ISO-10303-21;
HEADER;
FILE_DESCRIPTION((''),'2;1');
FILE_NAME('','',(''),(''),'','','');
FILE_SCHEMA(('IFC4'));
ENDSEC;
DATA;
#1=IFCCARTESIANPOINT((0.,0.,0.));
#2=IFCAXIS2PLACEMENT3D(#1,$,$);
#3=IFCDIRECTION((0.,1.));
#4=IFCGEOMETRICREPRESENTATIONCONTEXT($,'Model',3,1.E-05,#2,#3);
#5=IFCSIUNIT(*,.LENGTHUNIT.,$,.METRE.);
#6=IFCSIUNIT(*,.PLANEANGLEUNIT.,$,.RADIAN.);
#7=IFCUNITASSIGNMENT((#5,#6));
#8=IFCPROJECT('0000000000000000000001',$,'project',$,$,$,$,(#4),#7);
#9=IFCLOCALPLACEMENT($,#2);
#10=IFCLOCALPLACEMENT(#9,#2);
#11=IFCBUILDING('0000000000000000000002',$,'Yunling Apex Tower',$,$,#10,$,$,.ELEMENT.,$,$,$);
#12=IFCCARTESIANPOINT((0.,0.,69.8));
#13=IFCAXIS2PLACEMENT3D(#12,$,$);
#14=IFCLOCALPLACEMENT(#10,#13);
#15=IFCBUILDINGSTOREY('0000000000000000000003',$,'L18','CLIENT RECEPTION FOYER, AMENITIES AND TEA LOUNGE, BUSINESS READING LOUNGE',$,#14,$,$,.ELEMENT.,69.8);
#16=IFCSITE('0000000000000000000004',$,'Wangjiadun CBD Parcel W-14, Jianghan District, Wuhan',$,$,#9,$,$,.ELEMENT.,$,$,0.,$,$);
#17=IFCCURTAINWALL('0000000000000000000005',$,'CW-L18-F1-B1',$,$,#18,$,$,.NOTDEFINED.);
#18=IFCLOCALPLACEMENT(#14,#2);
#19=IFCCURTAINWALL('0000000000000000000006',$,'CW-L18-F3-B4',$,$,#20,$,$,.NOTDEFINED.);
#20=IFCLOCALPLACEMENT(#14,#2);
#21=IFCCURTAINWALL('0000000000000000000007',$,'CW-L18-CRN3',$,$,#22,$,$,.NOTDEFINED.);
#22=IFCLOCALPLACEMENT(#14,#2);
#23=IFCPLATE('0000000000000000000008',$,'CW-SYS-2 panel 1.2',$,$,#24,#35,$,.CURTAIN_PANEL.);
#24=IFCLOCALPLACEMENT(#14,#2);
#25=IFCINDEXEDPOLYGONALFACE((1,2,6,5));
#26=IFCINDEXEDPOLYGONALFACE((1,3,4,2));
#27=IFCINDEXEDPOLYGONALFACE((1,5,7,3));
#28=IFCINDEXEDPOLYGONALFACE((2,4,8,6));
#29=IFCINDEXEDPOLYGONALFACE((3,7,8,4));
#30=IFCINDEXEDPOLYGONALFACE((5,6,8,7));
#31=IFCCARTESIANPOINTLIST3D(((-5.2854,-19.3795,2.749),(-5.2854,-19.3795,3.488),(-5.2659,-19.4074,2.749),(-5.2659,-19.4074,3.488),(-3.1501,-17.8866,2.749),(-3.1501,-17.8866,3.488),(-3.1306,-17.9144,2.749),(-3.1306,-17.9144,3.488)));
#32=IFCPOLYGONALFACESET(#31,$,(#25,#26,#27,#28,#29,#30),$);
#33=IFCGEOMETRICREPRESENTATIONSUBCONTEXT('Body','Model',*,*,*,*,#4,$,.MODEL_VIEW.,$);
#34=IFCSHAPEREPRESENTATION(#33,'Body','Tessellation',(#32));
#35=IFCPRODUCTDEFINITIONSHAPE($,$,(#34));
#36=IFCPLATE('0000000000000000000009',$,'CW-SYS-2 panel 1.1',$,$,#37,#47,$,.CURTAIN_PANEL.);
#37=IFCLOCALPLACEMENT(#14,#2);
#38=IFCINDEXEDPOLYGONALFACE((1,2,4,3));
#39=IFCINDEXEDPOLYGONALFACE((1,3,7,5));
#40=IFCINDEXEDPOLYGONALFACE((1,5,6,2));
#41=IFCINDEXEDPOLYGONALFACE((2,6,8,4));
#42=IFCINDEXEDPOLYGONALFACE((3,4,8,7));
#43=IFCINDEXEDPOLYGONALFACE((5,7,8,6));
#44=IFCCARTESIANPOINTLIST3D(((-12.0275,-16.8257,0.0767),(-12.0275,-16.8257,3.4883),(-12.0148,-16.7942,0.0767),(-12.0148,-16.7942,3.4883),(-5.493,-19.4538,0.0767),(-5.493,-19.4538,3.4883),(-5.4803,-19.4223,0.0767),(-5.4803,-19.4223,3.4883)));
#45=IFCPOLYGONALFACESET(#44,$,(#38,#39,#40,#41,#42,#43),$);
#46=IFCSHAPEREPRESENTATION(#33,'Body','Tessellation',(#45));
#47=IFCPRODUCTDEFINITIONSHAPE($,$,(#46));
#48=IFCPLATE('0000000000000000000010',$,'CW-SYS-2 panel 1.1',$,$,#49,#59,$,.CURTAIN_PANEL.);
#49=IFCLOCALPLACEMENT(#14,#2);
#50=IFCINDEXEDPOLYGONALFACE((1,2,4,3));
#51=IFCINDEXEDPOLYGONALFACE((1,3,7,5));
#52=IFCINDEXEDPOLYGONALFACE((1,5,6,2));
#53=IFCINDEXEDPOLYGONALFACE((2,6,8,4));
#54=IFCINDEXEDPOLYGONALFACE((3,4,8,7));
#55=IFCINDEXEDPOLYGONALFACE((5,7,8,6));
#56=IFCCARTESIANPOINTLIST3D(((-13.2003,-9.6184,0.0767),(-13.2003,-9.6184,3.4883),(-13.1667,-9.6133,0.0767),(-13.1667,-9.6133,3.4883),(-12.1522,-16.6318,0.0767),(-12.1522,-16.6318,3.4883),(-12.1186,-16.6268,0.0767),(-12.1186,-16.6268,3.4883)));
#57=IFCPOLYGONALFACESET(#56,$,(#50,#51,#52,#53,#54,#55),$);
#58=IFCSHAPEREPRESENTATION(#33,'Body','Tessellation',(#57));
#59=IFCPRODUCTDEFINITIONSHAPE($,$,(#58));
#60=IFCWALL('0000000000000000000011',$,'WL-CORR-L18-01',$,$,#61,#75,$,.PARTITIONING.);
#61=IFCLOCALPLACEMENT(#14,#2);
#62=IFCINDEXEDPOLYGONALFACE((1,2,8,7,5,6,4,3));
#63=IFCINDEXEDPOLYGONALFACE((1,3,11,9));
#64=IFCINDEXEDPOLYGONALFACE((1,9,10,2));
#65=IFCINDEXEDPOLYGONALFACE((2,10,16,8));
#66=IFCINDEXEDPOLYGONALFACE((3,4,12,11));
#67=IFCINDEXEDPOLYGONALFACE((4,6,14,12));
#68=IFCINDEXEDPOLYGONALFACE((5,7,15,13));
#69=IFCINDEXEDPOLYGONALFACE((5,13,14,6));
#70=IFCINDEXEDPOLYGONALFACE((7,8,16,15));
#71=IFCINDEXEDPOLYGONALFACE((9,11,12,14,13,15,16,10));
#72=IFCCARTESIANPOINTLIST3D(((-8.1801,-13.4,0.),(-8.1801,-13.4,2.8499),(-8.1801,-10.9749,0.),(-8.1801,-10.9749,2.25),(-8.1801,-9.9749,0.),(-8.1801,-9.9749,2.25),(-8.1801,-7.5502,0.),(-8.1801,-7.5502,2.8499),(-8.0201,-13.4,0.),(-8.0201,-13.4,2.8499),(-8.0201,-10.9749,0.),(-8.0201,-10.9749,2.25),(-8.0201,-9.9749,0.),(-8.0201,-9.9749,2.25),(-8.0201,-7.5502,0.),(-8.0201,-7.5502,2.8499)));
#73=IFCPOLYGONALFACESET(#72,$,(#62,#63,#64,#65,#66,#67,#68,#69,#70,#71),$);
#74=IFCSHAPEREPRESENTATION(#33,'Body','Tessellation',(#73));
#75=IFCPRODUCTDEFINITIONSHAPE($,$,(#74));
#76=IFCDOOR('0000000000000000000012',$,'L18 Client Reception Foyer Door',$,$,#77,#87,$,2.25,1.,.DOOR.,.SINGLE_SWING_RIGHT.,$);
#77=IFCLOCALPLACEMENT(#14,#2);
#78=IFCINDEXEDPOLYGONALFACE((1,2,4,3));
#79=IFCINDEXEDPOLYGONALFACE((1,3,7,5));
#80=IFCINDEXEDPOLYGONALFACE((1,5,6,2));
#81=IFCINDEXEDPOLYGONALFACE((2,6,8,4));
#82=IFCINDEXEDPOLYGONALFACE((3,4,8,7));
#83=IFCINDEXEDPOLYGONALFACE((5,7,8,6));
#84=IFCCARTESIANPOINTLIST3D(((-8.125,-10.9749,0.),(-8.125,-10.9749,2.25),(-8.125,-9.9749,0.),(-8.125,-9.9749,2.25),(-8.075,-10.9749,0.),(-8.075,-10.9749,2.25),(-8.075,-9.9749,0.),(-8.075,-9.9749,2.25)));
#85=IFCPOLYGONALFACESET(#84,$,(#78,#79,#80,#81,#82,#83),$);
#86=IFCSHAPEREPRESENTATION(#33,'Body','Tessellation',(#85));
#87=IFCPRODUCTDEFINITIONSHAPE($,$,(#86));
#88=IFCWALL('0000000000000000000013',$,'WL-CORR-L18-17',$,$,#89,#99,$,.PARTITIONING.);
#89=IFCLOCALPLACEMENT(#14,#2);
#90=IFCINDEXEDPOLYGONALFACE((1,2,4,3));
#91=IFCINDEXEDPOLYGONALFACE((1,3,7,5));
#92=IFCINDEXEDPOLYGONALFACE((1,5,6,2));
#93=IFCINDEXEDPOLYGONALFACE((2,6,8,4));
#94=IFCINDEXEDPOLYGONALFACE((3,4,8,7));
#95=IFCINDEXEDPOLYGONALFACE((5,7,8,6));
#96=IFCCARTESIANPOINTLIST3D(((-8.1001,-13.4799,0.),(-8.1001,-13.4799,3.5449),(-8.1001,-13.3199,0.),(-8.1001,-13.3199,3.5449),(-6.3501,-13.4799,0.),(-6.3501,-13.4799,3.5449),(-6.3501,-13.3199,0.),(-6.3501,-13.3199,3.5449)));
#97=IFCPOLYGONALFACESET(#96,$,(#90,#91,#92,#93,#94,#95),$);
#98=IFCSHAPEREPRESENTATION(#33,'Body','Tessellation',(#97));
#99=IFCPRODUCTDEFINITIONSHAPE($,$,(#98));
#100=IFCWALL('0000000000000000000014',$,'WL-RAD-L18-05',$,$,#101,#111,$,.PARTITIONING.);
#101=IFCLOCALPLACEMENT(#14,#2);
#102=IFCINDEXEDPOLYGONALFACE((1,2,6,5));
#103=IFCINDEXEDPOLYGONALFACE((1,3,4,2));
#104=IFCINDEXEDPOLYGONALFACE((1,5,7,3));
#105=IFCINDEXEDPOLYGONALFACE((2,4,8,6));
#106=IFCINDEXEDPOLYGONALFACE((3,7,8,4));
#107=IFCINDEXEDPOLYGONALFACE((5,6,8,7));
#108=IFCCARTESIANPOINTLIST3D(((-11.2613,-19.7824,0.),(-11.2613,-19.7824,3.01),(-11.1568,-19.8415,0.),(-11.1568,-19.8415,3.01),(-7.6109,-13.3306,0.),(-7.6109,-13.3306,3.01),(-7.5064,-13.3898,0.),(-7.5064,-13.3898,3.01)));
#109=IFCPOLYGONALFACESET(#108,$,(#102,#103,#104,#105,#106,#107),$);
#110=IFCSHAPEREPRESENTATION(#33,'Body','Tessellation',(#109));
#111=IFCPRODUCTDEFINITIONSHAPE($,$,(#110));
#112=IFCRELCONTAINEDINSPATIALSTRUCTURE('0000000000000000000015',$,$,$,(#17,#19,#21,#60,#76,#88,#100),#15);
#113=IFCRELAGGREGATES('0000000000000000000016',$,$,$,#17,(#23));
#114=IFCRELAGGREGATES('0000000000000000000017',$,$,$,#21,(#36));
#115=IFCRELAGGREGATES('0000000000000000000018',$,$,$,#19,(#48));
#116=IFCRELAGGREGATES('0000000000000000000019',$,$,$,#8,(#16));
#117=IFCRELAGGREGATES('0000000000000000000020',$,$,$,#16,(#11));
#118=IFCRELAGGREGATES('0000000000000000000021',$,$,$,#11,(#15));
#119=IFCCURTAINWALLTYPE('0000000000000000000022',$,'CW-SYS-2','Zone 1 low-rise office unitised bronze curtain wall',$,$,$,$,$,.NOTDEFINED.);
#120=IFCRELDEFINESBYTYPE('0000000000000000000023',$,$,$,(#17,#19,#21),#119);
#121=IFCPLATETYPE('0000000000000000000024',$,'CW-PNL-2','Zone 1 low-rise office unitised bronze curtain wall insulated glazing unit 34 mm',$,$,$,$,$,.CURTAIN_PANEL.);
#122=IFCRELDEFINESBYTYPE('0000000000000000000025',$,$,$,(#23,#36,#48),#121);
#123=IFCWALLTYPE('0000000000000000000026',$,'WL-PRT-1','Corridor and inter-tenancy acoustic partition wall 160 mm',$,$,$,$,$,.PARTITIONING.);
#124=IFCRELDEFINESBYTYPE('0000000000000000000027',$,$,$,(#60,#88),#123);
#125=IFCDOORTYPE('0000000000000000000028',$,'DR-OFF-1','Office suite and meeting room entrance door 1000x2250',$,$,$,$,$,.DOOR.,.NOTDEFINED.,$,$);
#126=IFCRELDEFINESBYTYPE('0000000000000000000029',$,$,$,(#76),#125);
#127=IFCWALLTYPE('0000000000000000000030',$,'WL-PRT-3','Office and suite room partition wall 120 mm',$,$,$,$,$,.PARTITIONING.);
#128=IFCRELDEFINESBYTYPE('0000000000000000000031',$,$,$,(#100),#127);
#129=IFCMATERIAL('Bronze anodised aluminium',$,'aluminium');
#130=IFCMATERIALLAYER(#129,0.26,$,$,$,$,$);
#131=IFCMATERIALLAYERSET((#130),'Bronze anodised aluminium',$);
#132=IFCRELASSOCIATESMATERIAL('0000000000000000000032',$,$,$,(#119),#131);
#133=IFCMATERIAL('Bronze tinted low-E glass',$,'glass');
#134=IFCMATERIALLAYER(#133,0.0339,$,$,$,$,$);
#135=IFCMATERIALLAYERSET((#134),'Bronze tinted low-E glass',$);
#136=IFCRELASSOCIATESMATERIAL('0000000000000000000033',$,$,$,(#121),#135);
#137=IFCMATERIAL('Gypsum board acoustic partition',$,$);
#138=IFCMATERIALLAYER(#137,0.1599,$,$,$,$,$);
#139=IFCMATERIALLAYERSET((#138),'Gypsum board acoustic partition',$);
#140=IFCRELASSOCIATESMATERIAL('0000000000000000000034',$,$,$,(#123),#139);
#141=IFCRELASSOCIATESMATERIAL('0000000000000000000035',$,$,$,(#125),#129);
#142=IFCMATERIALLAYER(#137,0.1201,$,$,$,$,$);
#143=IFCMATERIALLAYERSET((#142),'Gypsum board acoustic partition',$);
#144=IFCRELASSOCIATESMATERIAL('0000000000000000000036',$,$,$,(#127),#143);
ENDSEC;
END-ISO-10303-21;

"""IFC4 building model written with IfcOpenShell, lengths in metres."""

from ifc_helpers import new_model, si_unit, direction, frame, frame_2d, origin, origin_2d, place, context, subcontext, project, spatial, rectangle, extrude, source, transform, mapped, material, layer, layer_set, type_object, element, fill, aggregate, save


model = new_model("IFC4")

# Units and contexts
model_context = context("Model", 3, precision=1e-05, world=origin(), true_north=direction((0.0, 1.0)))
body_context = subcontext(model_context, "Body", "Model", "MODEL_VIEW")
ifc_project = project(units=[si_unit("LENGTHUNIT", "METRE"), si_unit("PLANEANGLEUNIT", "RADIAN")], contexts=[model_context])

# Site, building, storey
site_placement = place(None, origin())
site = spatial("IfcSite", under=ifc_project, at=site_placement, Name="Wangjiadun CBD Parcel W-14, Jianghan District, Wuhan", CompositionType="ELEMENT", RefElevation=0.0)
building_placement = place(site_placement, origin())
building = spatial("IfcBuilding", under=site, at=building_placement, Name="Yunling Apex Tower", CompositionType="ELEMENT")
storey_placement = place(building_placement, frame((0.0, 0.0, 69.8)))
storey = spatial("IfcBuildingStorey", under=building, at=storey_placement, Name="L18", Description="CLIENT RECEPTION FOYER, AMENITIES AND TEA LOUNGE, BUSINESS READING LOUNGE", CompositionType="ELEMENT", Elevation=69.8)

# Curtain wall
ifc_material_1 = material(Name="Bronze anodised aluminium", Category="aluminium")
ifc_layer_1 = layer(ifc_material_1, 0.26)
ifc_layer_set_1 = layer_set([ifc_layer_1], Name="Bronze anodised aluminium")
curtain_wall_type = type_object("IfcCurtainWallType", Name="CW-SYS-2", Description="Zone 1 low-rise office unitised bronze curtain wall", PredefinedType="NOTDEFINED", material=ifc_layer_set_1)
curtain_wall_1_placement = place(storey_placement, origin())
curtain_wall_1 = element("IfcCurtainWall", 1, at=curtain_wall_1_placement, inside=storey, type_object=curtain_wall_type, Name="CW-L18-F1-B1", PredefinedType="NOTDEFINED")

# Curtain walls
curtain_wall_2_placement = place(storey_placement, origin())
curtain_wall_2 = element("IfcCurtainWall", 2, at=curtain_wall_2_placement, inside=storey, type_object=curtain_wall_type, Name="CW-L18-F3-B4", PredefinedType="NOTDEFINED")
curtain_wall_3_placement = place(storey_placement, origin())
curtain_wall_3 = element("IfcCurtainWall", 3, at=curtain_wall_3_placement, inside=storey, type_object=curtain_wall_type, Name="CW-L18-CRN3", PredefinedType="NOTDEFINED")

# Plates
ifc_material_2 = material(Name="Bronze tinted low-E glass", Category="glass")
ifc_layer_2 = layer(ifc_material_2, 0.0339)
ifc_layer_set_2 = layer_set([ifc_layer_2], Name="Bronze tinted low-E glass")
plate_type = type_object("IfcPlateType", Name="CW-PNL-2", Description="Zone 1 low-rise office unitised bronze curtain wall insulated glazing unit 34 mm", PredefinedType="CURTAIN_PANEL", material=ifc_layer_set_2)
shared_shape_1 = source(origin(), body_context, "Body", "SweptSolid", [
    extrude(rectangle(XDim=2.6055, YDim=0.0339, at=origin_2d()), origin(), (0.0, 0.0, 1.0), 0.739),
])
plate_1_placement = place(storey_placement, frame((-4.208, -18.647, 2.749), z_axis=(0.0, 0.0, 1.0), x_axis=(0.819552, 0.573004, 0.0)))
plate_1 = element("IfcPlate", 4, at=plate_1_placement, type_object=plate_type, Name="CW-SYS-2 panel 1.2", PredefinedType="CURTAIN_PANEL", context=body_context, shape_type="MappedRepresentation", body=[
    mapped(shared_shape_1, transform((0.0, 0.0, 0.0), scale=1.0)),
])
aggregate(curtain_wall_1, [plate_1])
shared_shape_2 = source(origin(), body_context, "Body", "SweptSolid", [
    extrude(rectangle(XDim=7.0432, YDim=0.0339, at=origin_2d()), origin(), (0.0, 0.0, 1.0), 3.4116),
])
plate_2_placement = place(storey_placement, frame((-8.7539, -18.124, 0.0767), z_axis=(0.0, 0.0, 1.0), x_axis=(0.927774, -0.373144, 0.0)))
plate_2 = element("IfcPlate", 5, at=plate_2_placement, type_object=plate_type, Name="CW-SYS-2 panel 1.1", PredefinedType="CURTAIN_PANEL", context=body_context, shape_type="MappedRepresentation", body=[
    mapped(shared_shape_2, transform((0.0, 0.0, 0.0), scale=1.0)),
])
aggregate(curtain_wall_3, [plate_2])
shared_shape_3 = source(origin(), body_context, "Body", "SweptSolid", [
    extrude(rectangle(XDim=7.0913, YDim=0.0339, at=origin_2d()), origin(), (0.0, 0.0, 1.0), 3.4116),
])
plate_3_placement = place(storey_placement, frame((-12.6594, -13.1226, 0.0767), z_axis=(0.0, 0.0, 1.0), x_axis=(0.147801, -0.989017, 0.0)))
plate_3 = element("IfcPlate", 6, at=plate_3_placement, type_object=plate_type, Name="CW-SYS-2 panel 1.1", PredefinedType="CURTAIN_PANEL", context=body_context, shape_type="MappedRepresentation", body=[
    mapped(shared_shape_3, transform((0.0, 0.0, 0.0), scale=1.0)),
])
aggregate(curtain_wall_2, [plate_3])

# Wall, opening, door
ifc_material_3 = material(Name="Gypsum board acoustic partition")
ifc_layer_3 = layer(ifc_material_3, 0.1599)
ifc_layer_set_3 = layer_set([ifc_layer_3], Name="Gypsum board acoustic partition")
wall_type_1 = type_object("IfcWallType", Name="WL-PRT-1", Description="Corridor and inter-tenancy acoustic partition wall 160 mm", PredefinedType="PARTITIONING", material=ifc_layer_set_3)
wall_1_placement = place(storey_placement, frame((-8.1001, -13.3999, 0.0), z_axis=(0.0, 0.0, 1.0), x_axis=(0.0, 1.0, 0.0)))
wall_1 = element("IfcWall", 7, at=wall_1_placement, inside=storey, type_object=wall_type_1, Name="WL-CORR-L18-01", PredefinedType="PARTITIONING", context=body_context, shape_type="SweptSolid", body=[
    extrude(rectangle(XDim=5.8499, YDim=0.1599, at=frame_2d((2.9248, 0.0))), origin(), (0.0, 0.0, 1.0), 2.8499),
])
opening_placement = place(wall_1_placement, frame((2.425, 0.0, 0.0)))
opening = element("IfcOpeningElement", 8, at=opening_placement, cuts=wall_1, PredefinedType="OPENING", context=body_context, shape_type="SweptSolid", body=[
    extrude(rectangle(XDim=1.0, YDim=2.25, at=frame_2d((0.5, 1.125))), frame((0.0, 0.0898, 0.0), z_axis=(0.0, -1.0, 0.0), x_axis=(1.0, 0.0, 0.0)), (0.0, 0.0, 1.0), 0.1799),
])
door_type = type_object("IfcDoorType", Name="DR-OFF-1", Description="Office suite and meeting room entrance door 1000x2250", OperationType="NOTDEFINED", PredefinedType="DOOR", material=ifc_material_1)
door_placement = place(opening_placement, origin())
door = element("IfcDoor", 9, at=door_placement, inside=storey, type_object=door_type, Name="L18 Client Reception Foyer Door", OperationType="SINGLE_SWING_RIGHT", OverallHeight=2.25, OverallWidth=1.0, PredefinedType="DOOR", context=body_context, shape_type="SweptSolid", body=[
    extrude(rectangle(XDim=1.0, YDim=2.25, at=frame_2d((0.5, 1.125))), frame((0.0, 0.0249, 0.0), z_axis=(0.0, -1.0, 0.0), x_axis=(1.0, 0.0, 0.0)), (0.0, 0.0, 1.0), 0.05),
])
fill(opening, door)

# Walls
wall_2_placement = place(storey_placement, frame((-6.3501, -13.3999, 0.0), z_axis=(0.0, 0.0, 1.0), x_axis=(-1.0, 0.0, 0.0)))
element("IfcWall", 10, at=wall_2_placement, inside=storey, type_object=wall_type_1, Name="WL-CORR-L18-17", PredefinedType="PARTITIONING", context=body_context, shape_type="SweptSolid", body=[
    extrude(rectangle(XDim=1.75, YDim=0.1599, at=frame_2d((0.875, 0.0))), origin(), (0.0, 0.0, 1.0), 3.5449),
])
ifc_layer_4 = layer(ifc_material_3, 0.1201)
ifc_layer_set_4 = layer_set([ifc_layer_4], Name="Gypsum board acoustic partition")
wall_type_2 = type_object("IfcWallType", Name="WL-PRT-3", Description="Office and suite room partition wall 120 mm", PredefinedType="PARTITIONING", material=ifc_layer_set_4)
wall_3_placement = place(storey_placement, frame((-7.5586, -13.3601, 0.0), z_axis=(0.0, 0.0, 1.0), x_axis=(-0.492446, -0.870343, 0.0)))
element("IfcWall", 11, at=wall_3_placement, inside=storey, type_object=wall_type_2, Name="WL-RAD-L18-05", PredefinedType="PARTITIONING", context=body_context, shape_type="SweptSolid", body=[
    extrude(rectangle(XDim=7.4128, YDim=0.1201, at=frame_2d((3.7065, 0.0))), origin(), (0.0, 0.0, 1.0), 3.01),
])

save(model, "model.ifc")
